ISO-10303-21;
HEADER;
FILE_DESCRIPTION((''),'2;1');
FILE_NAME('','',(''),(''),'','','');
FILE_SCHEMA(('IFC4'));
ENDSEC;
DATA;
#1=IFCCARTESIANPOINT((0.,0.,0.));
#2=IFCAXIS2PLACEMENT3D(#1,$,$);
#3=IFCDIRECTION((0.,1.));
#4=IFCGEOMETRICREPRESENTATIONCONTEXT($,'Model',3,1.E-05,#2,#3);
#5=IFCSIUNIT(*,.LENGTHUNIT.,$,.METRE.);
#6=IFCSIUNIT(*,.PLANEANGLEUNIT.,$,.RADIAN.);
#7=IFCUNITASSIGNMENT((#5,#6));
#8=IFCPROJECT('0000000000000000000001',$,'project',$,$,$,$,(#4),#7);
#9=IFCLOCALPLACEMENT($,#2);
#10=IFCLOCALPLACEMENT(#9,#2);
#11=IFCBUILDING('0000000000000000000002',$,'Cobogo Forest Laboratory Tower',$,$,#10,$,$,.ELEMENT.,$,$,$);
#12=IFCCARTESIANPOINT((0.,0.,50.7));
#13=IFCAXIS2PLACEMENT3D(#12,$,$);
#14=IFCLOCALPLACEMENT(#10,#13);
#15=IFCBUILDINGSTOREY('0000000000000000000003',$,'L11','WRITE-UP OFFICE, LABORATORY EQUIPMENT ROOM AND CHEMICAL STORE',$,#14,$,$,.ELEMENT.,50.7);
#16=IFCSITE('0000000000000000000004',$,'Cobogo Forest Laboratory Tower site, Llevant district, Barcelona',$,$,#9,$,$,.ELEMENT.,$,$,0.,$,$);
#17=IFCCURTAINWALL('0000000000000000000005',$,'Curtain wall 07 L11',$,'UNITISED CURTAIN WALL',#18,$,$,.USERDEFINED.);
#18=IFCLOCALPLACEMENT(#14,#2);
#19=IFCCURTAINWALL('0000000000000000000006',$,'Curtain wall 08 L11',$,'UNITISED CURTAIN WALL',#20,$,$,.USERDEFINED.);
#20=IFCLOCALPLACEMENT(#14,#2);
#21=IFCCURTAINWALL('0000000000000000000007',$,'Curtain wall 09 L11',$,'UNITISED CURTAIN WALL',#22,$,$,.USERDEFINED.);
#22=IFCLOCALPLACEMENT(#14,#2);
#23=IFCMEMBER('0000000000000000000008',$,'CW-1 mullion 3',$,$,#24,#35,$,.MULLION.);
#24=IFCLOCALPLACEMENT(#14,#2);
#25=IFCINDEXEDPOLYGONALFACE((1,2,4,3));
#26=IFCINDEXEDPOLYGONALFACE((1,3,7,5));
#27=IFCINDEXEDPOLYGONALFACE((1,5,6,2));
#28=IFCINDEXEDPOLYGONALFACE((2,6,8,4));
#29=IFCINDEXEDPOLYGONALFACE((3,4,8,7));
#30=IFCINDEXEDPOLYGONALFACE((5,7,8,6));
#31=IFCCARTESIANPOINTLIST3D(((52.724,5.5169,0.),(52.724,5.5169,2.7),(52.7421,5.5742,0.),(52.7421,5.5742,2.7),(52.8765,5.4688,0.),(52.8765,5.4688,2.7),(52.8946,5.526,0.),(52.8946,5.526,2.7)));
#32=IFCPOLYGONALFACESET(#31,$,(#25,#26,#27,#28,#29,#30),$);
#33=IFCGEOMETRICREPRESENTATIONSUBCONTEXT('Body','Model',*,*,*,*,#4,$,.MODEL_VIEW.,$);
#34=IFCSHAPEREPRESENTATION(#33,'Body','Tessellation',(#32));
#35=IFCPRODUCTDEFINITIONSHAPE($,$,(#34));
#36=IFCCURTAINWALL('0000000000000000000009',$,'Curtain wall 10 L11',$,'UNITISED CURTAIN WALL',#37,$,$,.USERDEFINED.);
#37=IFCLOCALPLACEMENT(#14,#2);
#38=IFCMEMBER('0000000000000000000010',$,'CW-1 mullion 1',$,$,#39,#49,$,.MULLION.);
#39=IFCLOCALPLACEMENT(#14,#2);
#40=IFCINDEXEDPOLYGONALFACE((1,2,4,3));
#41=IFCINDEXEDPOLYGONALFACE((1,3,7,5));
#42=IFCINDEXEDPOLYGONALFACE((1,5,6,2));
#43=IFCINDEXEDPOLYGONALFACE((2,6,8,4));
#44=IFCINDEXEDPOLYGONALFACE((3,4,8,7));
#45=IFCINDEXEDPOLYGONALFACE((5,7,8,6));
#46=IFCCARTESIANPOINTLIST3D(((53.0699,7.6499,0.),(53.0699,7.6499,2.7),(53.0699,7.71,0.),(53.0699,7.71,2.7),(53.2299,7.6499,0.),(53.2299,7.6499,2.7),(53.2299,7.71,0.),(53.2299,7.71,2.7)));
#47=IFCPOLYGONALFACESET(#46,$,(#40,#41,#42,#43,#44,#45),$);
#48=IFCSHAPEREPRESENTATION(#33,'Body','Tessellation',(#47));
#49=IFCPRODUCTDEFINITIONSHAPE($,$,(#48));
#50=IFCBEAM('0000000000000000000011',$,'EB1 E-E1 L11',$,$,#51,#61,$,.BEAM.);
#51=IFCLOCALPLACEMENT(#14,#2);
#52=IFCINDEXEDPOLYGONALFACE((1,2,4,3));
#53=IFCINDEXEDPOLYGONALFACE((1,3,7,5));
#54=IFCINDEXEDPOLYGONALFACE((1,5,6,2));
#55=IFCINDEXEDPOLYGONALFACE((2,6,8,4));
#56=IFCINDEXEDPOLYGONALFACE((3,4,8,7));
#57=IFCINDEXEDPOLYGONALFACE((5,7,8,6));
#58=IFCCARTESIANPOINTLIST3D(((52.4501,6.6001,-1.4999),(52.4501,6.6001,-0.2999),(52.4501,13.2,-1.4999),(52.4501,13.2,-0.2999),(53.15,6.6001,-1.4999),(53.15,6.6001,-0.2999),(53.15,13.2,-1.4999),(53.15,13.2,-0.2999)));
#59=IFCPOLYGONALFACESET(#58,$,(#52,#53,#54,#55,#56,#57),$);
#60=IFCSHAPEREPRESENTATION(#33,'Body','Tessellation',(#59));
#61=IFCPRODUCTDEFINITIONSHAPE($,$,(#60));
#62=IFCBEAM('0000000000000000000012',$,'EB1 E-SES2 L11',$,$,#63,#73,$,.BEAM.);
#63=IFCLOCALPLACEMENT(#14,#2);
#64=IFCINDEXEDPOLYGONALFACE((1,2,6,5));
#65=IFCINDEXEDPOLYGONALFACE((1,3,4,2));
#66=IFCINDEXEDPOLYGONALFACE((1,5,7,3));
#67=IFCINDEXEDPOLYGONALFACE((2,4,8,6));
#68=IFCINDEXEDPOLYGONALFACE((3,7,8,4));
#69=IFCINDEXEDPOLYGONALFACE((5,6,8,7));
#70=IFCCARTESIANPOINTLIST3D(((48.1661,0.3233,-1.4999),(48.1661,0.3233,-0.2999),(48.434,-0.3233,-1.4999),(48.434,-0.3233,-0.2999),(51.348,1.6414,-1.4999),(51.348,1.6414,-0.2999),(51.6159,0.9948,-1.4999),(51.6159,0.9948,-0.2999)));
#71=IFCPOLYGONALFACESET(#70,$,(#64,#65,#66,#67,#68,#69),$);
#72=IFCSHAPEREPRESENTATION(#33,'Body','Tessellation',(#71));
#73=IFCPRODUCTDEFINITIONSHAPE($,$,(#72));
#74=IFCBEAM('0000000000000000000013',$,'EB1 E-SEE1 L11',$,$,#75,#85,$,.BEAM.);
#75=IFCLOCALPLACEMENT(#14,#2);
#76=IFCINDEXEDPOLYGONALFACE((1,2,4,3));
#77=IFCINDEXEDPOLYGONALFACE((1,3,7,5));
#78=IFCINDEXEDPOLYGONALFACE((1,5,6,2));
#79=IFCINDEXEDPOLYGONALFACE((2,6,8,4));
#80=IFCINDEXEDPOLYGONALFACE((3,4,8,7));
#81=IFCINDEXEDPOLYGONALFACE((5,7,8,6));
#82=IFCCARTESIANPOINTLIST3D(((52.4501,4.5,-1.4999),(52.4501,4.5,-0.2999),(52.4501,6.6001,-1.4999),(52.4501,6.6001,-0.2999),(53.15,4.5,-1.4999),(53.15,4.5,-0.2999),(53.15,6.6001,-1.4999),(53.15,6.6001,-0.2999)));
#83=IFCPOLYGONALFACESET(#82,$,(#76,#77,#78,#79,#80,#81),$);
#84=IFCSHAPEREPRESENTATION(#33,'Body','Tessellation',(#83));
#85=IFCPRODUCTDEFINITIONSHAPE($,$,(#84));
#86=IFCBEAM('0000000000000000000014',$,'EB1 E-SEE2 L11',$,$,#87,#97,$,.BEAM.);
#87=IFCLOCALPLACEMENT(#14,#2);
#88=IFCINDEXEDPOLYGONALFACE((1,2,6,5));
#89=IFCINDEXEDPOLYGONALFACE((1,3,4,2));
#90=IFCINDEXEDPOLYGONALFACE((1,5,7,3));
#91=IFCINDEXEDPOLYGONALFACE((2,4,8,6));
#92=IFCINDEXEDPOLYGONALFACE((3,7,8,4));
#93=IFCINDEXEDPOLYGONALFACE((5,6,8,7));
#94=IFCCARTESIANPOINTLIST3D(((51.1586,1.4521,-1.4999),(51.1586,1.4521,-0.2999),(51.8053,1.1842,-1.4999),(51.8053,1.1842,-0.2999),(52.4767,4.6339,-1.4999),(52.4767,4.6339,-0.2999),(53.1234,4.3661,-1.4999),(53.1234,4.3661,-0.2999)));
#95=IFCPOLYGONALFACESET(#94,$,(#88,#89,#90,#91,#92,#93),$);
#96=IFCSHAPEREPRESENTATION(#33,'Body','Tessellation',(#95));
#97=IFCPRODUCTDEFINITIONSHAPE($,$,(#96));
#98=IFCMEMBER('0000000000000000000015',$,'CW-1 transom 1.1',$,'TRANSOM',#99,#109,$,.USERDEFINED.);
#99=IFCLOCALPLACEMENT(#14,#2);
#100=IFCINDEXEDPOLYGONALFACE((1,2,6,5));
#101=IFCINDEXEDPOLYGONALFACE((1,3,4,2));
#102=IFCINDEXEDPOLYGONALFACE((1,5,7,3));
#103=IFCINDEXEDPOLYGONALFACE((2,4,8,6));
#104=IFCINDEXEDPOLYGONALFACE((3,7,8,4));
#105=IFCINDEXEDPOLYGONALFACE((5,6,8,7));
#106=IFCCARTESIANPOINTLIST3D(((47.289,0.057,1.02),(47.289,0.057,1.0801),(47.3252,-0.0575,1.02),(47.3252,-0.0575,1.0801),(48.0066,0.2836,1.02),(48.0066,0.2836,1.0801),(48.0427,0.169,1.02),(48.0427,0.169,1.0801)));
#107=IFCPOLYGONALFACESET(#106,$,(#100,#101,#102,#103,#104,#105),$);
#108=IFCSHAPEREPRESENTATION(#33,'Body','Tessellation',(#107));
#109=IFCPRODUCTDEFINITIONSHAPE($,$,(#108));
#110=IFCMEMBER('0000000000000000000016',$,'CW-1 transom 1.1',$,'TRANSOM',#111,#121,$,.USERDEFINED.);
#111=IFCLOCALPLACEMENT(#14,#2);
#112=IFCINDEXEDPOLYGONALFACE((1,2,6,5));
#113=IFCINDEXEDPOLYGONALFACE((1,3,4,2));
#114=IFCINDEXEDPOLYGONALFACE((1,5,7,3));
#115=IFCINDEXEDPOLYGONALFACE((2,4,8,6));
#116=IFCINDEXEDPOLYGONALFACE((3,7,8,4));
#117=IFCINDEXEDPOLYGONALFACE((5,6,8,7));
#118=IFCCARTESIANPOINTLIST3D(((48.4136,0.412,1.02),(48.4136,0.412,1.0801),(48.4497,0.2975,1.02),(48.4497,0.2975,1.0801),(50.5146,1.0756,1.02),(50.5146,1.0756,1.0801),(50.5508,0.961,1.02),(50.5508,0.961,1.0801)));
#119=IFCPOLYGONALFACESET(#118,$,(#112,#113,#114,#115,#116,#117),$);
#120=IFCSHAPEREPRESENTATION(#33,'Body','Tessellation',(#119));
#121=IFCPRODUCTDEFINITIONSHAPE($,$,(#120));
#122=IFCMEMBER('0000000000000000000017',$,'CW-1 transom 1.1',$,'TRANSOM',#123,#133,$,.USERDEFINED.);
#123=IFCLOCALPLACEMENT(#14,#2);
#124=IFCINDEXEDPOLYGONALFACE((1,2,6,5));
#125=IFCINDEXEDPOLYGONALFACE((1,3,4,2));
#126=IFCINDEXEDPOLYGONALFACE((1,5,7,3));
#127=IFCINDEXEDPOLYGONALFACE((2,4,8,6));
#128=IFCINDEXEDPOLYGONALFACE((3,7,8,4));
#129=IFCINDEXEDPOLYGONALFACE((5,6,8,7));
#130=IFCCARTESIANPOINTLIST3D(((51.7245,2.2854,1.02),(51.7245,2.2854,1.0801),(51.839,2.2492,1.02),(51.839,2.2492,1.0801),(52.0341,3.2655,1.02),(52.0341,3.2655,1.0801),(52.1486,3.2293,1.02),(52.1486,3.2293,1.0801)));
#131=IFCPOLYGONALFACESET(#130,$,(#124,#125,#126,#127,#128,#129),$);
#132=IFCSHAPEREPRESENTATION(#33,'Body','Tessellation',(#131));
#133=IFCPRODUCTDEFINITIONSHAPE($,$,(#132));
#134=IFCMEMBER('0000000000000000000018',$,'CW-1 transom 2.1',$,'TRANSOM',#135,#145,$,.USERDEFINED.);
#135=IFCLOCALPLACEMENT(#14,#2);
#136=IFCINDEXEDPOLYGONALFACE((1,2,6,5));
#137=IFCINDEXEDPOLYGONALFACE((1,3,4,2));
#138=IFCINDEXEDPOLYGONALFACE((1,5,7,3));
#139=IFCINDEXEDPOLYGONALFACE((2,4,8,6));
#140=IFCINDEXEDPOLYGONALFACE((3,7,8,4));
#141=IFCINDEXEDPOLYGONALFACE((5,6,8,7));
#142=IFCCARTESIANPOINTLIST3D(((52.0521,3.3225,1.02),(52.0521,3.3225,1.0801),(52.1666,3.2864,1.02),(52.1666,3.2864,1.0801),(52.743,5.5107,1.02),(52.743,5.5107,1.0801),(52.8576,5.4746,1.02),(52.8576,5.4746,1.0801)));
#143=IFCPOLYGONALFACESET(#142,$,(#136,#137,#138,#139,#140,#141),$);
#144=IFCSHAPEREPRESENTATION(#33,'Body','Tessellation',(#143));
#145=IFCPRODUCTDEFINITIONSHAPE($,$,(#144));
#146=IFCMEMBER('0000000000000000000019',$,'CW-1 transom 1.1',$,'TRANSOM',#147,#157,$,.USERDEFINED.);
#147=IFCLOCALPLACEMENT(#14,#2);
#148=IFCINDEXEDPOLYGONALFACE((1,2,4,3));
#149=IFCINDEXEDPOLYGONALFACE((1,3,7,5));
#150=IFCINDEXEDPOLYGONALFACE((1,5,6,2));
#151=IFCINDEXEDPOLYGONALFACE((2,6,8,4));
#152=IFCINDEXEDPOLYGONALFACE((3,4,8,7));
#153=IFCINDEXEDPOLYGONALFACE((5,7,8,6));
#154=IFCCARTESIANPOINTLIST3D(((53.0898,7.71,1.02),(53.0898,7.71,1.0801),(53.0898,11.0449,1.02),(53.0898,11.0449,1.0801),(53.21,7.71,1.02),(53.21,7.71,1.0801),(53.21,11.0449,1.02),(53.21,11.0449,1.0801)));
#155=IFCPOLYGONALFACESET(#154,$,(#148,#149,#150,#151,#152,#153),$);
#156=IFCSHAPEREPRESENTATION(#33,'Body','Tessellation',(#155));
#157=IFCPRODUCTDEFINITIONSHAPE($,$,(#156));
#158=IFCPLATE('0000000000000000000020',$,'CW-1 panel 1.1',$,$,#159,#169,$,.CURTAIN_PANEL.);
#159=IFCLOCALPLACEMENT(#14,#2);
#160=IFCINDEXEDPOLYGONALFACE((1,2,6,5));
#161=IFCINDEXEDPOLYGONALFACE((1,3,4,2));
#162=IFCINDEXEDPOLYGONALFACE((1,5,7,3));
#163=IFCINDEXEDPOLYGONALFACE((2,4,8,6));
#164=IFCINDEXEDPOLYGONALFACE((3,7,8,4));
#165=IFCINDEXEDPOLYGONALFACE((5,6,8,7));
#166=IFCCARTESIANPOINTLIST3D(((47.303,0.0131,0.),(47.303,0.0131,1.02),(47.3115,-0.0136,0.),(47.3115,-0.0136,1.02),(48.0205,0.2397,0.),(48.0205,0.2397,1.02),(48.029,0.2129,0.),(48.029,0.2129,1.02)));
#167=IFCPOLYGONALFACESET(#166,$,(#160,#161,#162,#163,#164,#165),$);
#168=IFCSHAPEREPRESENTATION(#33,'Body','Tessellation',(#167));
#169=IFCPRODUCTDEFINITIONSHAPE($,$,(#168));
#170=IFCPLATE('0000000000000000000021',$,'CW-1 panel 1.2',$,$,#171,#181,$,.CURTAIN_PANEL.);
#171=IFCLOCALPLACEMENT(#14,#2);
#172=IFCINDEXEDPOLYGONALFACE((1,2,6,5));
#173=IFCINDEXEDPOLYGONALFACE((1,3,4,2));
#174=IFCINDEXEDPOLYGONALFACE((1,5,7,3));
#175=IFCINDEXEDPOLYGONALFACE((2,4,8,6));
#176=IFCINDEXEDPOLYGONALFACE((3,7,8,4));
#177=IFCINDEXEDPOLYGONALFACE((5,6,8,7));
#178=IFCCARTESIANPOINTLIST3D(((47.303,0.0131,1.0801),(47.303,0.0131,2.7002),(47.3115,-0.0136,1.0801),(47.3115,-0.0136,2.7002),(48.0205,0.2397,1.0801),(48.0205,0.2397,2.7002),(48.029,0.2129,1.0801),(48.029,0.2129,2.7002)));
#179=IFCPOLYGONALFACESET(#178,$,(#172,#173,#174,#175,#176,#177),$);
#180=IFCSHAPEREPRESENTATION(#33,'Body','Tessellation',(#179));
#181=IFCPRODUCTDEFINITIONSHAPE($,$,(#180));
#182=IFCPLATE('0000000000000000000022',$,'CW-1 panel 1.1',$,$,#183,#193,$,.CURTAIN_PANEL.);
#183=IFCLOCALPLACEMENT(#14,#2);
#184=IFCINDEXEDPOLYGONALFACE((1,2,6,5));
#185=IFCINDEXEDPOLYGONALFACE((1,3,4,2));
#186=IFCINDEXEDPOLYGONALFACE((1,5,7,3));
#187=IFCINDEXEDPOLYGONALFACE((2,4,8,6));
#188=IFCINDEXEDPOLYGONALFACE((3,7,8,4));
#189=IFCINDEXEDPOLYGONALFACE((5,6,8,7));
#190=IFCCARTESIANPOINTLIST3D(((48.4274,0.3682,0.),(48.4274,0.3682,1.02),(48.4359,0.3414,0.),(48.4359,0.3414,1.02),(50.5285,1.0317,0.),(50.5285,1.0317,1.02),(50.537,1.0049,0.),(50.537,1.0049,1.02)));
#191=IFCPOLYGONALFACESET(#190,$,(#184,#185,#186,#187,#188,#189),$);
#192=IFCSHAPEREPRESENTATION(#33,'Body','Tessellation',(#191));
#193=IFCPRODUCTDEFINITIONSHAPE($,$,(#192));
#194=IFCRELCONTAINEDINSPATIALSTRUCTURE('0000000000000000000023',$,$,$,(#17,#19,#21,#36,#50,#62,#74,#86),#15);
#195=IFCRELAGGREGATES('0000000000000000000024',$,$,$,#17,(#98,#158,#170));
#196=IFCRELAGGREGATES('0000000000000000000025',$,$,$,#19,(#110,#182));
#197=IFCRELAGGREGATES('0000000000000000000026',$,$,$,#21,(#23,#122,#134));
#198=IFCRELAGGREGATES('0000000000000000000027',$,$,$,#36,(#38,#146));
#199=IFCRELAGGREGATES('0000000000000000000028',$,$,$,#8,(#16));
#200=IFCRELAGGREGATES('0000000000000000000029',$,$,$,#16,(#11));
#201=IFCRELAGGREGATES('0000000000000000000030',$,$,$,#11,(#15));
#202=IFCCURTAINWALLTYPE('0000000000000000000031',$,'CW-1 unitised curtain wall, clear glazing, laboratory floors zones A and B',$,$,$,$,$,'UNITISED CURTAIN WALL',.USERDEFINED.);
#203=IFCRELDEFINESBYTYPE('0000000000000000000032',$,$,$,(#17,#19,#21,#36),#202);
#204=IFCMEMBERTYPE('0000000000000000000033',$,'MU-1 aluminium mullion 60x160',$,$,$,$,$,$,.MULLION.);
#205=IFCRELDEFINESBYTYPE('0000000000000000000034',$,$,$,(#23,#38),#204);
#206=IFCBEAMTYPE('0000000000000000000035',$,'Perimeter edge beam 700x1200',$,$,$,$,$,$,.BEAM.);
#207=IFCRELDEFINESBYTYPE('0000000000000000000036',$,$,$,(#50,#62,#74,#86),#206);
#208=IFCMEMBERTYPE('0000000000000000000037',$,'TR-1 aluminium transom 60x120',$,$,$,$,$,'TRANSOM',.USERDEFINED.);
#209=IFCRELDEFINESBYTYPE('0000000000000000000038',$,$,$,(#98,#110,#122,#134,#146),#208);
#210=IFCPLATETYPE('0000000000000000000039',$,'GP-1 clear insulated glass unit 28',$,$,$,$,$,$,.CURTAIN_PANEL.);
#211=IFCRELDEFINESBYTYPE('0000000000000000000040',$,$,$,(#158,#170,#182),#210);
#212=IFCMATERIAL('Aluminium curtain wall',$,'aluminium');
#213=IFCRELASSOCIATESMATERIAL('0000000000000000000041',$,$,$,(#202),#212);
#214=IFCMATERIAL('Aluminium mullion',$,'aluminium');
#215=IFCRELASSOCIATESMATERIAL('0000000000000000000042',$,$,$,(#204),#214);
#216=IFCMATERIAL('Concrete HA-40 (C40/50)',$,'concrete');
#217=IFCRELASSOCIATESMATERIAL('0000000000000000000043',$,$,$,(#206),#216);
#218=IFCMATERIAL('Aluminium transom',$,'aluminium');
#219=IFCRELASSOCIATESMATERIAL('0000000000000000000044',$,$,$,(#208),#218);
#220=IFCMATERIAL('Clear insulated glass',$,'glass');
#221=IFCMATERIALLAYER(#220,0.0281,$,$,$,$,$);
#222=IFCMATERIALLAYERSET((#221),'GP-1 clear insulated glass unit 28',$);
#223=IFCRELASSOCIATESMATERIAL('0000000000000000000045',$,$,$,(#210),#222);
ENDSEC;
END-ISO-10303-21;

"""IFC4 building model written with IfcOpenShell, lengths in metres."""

from ifc_helpers import new_model, si_unit, direction, frame, origin, origin_2d, place, context, subcontext, project, spatial, rectangle, extrude, material, layer, layer_set, material_profile, profile_set, type_object, element, aggregate, save


model = new_model("IFC4")

# Units and contexts
model_context = context("Model", 3, precision=1e-05, world=origin(), true_north=direction((0.0, 1.0)))
body_context = subcontext(model_context, "Body", "Model", "MODEL_VIEW")
ifc_project = project(units=[si_unit("LENGTHUNIT", "METRE"), si_unit("PLANEANGLEUNIT", "RADIAN")], contexts=[model_context])

# Site, building, storey
site_placement = place(None, origin())
site = spatial("IfcSite", under=ifc_project, at=site_placement, Name="Cobogo Forest Laboratory Tower site, Llevant district, Barcelona", CompositionType="ELEMENT", RefElevation=0.0)
building_placement = place(site_placement, origin())
building = spatial("IfcBuilding", under=site, at=building_placement, Name="Cobogo Forest Laboratory Tower", CompositionType="ELEMENT")
storey_placement = place(building_placement, frame((0.0, 0.0, 50.7)))
storey = spatial("IfcBuildingStorey", under=building, at=storey_placement, Name="L11", Description="WRITE-UP OFFICE, LABORATORY EQUIPMENT ROOM AND CHEMICAL STORE", CompositionType="ELEMENT", Elevation=50.7)

# Shared definitions
ifc_material_1 = material(Name="Concrete HA-40 (C40/50)", Category="concrete")

# Curtain walls, member
ifc_material_2 = material(Name="Aluminium curtain wall", Category="aluminium")
curtain_wall_type = type_object("IfcCurtainWallType", Name="CW-1 unitised curtain wall, clear glazing, laboratory floors zones A and B", ElementType="UNITISED CURTAIN WALL", PredefinedType="USERDEFINED", material=ifc_material_2)
curtain_wall_1_placement = place(storey_placement, origin())
curtain_wall_1 = element("IfcCurtainWall", 1, at=curtain_wall_1_placement, inside=storey, type_object=curtain_wall_type, Name="Curtain wall 07 L11", ObjectType="UNITISED CURTAIN WALL", PredefinedType="USERDEFINED")
ifc_material_3 = material(Name="Aluminium mullion", Category="aluminium")
ifc_material_profile_1 = material_profile(ifc_material_3, rectangle(XDim=0.0601, YDim=0.1599, at=origin_2d()), Name="AL 60x160")
ifc_profile_set_1 = profile_set([ifc_material_profile_1], Name="Aluminium mullion")
member_type_1 = type_object("IfcMemberType", Name="MU-1 aluminium mullion 60x160", PredefinedType="MULLION", material=ifc_profile_set_1)
curtain_wall_2_placement = place(storey_placement, origin())
curtain_wall_2 = element("IfcCurtainWall", 2, at=curtain_wall_2_placement, inside=storey, type_object=curtain_wall_type, Name="Curtain wall 08 L11", ObjectType="UNITISED CURTAIN WALL", PredefinedType="USERDEFINED")
curtain_wall_3_placement = place(storey_placement, origin())
curtain_wall_3 = element("IfcCurtainWall", 3, at=curtain_wall_3_placement, inside=storey, type_object=curtain_wall_type, Name="Curtain wall 09 L11", ObjectType="UNITISED CURTAIN WALL", PredefinedType="USERDEFINED")
member_1_placement = place(storey_placement, frame((52.8093, 5.5215, 0.0), z_axis=(0.0, 0.0, 1.0), x_axis=(0.301135, 0.953581, 0.0)))
member_1 = element("IfcMember", 4, at=member_1_placement, type_object=member_type_1, Name="CW-1 mullion 3", PredefinedType="MULLION", context=body_context, shape_type="SweptSolid", body=[
    extrude(rectangle(XDim=0.0601, YDim=0.1599, at=origin_2d()), origin(), (0.0, 0.0, 1.0), 2.7),
])

# Curtain wall, member
curtain_wall_4_placement = place(storey_placement, origin())
curtain_wall_4 = element("IfcCurtainWall", 5, at=curtain_wall_4_placement, inside=storey, type_object=curtain_wall_type, Name="Curtain wall 10 L11", ObjectType="UNITISED CURTAIN WALL", PredefinedType="USERDEFINED")
member_2_placement = place(storey_placement, frame((53.1499, 7.6799, 0.0), z_axis=(0.0, 0.0, 1.0), x_axis=(0.0, 1.0, 0.0)))
member_2 = element("IfcMember", 6, at=member_2_placement, type_object=member_type_1, Name="CW-1 mullion 1", PredefinedType="MULLION", context=body_context, shape_type="SweptSolid", body=[
    extrude(rectangle(XDim=0.0601, YDim=0.1599, at=origin_2d()), origin(), (0.0, 0.0, 1.0), 2.7),
])

# Beams
ifc_material_profile_2 = material_profile(ifc_material_1, rectangle(XDim=0.7, YDim=1.2, at=origin_2d()), Name="RC 700x1200")
ifc_profile_set_2 = profile_set([ifc_material_profile_2], Name="Concrete HA-40 (C40/50)")
beam_type_1 = type_object("IfcBeamType", Name="Perimeter edge beam 700x1200", PredefinedType="BEAM", material=ifc_profile_set_2)
beam_1_placement = place(storey_placement, frame((52.8, 6.6001, -0.8999), z_axis=(0.0, 1.0, 0.0), x_axis=(-1.0, 0.0, 0.0)))
element("IfcBeam", 7, at=beam_1_placement, inside=storey, type_object=beam_type_1, Name="EB1 E-E1 L11", PredefinedType="BEAM", context=body_context, shape_type="SweptSolid", body=[
    extrude(rectangle(XDim=0.7, YDim=1.2, at=origin_2d()), origin(), (0.0, 0.0, 1.0), 6.5999),
])
beam_2_placement = place(storey_placement, frame((48.3, 0.0, -0.8999), z_axis=(0.923866, 0.382717, 0.0), x_axis=(-0.382717, 0.923866, 0.0)))
element("IfcBeam", 8, at=beam_2_placement, inside=storey, type_object=beam_type_1, Name="EB1 E-SES2 L11", PredefinedType="BEAM", context=body_context, shape_type="SweptSolid", body=[
    extrude(rectangle(XDim=0.7, YDim=1.2, at=origin_2d()), origin(), (0.0, 0.0, 1.0), 3.4441),
])
beam_3_placement = place(storey_placement, frame((52.8, 6.6001, -0.8999), z_axis=(0.0, -1.0, 0.0), x_axis=(1.0, 0.0, 0.0)))
element("IfcBeam", 9, at=beam_3_placement, inside=storey, type_object=beam_type_1, Name="EB1 E-SEE1 L11", PredefinedType="BEAM", context=body_context, shape_type="SweptSolid", body=[
    extrude(rectangle(XDim=0.7, YDim=1.2, at=origin_2d()), origin(), (0.0, 0.0, 1.0), 2.1001),
])
beam_4_placement = place(storey_placement, frame((52.8, 4.5, -0.8999), z_axis=(-0.382717, -0.923866, 0.0), x_axis=(0.923866, -0.382717, 0.0)))
element("IfcBeam", 10, at=beam_4_placement, inside=storey, type_object=beam_type_1, Name="EB1 E-SEE2 L11", PredefinedType="BEAM", context=body_context, shape_type="SweptSolid", body=[
    extrude(rectangle(XDim=0.7, YDim=1.2, at=origin_2d()), origin(), (0.0, 0.0, 1.0), 3.4441),
])

# Members
ifc_material_4 = material(Name="Aluminium transom", Category="aluminium")
ifc_material_profile_3 = material_profile(ifc_material_4, rectangle(XDim=0.1201, YDim=0.0601, at=origin_2d()), Name="AL 60x120")
ifc_profile_set_3 = profile_set([ifc_material_profile_3], Name="Aluminium transom")
member_type_2 = type_object("IfcMemberType", Name="TR-1 aluminium transom 60x120", ElementType="TRANSOM", PredefinedType="USERDEFINED", material=ifc_profile_set_3)
member_3_placement = place(storey_placement, frame((47.3071, -0.0002, 1.05), z_axis=(0.953592, 0.3011, 0.0), x_axis=(-0.3011, 0.953592, 0.0)))
member_3 = element("IfcMember", 11, at=member_3_placement, type_object=member_type_2, Name="CW-1 transom 1.1", ObjectType="TRANSOM", PredefinedType="USERDEFINED", context=body_context, shape_type="SweptSolid", body=[
    extrude(rectangle(XDim=0.1201, YDim=0.0601, at=origin_2d()), origin(), (0.0, 0.0, 1.0), 0.7524),
])
member_4_placement = place(storey_placement, frame((48.4316, 0.3547, 1.05), z_axis=(0.953573, 0.301163, 0.0), x_axis=(-0.301163, 0.953573, 0.0)))
member_4 = element("IfcMember", 12, at=member_4_placement, type_object=member_type_2, Name="CW-1 transom 1.1", ObjectType="TRANSOM", PredefinedType="USERDEFINED", context=body_context, shape_type="SweptSolid", body=[
    extrude(rectangle(XDim=0.1201, YDim=0.0601, at=origin_2d()), origin(), (0.0, 0.0, 1.0), 2.2034),
])
member_5_placement = place(storey_placement, frame((51.7817, 2.2673, 1.05), z_axis=(0.301222, 0.953554, 0.0), x_axis=(-0.953554, 0.301222, 0.0)))
member_5 = element("IfcMember", 13, at=member_5_placement, type_object=member_type_2, Name="CW-1 transom 1.1", ObjectType="TRANSOM", PredefinedType="USERDEFINED", context=body_context, shape_type="SweptSolid", body=[
    extrude(rectangle(XDim=0.1201, YDim=0.0601, at=origin_2d()), origin(), (0.0, 0.0, 1.0), 1.0278),
])
member_6_placement = place(storey_placement, frame((52.1094, 3.3044, 1.05), z_axis=(0.301091, 0.953596, 0.0), x_axis=(-0.953596, 0.301091, 0.0)))
member_6 = element("IfcMember", 14, at=member_6_placement, type_object=member_type_2, Name="CW-1 transom 2.1", ObjectType="TRANSOM", PredefinedType="USERDEFINED", context=body_context, shape_type="SweptSolid", body=[
    extrude(rectangle(XDim=0.1201, YDim=0.0601, at=origin_2d()), origin(), (0.0, 0.0, 1.0), 2.2947),
])
member_7_placement = place(storey_placement, frame((53.1499, 7.71, 1.05), z_axis=(0.0, 1.0, 0.0), x_axis=(-1.0, 0.0, 0.0)))
member_7 = element("IfcMember", 15, at=member_7_placement, type_object=member_type_2, Name="CW-1 transom 1.1", ObjectType="TRANSOM", PredefinedType="USERDEFINED", context=body_context, shape_type="SweptSolid", body=[
    extrude(rectangle(XDim=0.1201, YDim=0.0601, at=origin_2d()), origin(), (0.0, 0.0, 1.0), 3.335),
])

# Plates
ifc_material_5 = material(Name="Clear insulated glass", Category="glass")
ifc_layer = layer(ifc_material_5, 0.0281)
ifc_layer_set = layer_set([ifc_layer], Name="GP-1 clear insulated glass unit 28")
plate_type_1 = type_object("IfcPlateType", Name="GP-1 clear insulated glass unit 28", PredefinedType="CURTAIN_PANEL", material=ifc_layer_set)
plate_1_placement = place(storey_placement, frame((47.666, 0.113, 0.0), z_axis=(0.0, 0.0, 1.0), x_axis=(0.953582, 0.301135, 0.0)))
plate_1 = element("IfcPlate", 16, at=plate_1_placement, type_object=plate_type_1, Name="CW-1 panel 1.1", PredefinedType="CURTAIN_PANEL", context=body_context, shape_type="SweptSolid", body=[
    extrude(rectangle(XDim=0.7524, YDim=0.0281, at=origin_2d()), origin(), (0.0, 0.0, 1.0), 1.02),
])
plate_2_placement = place(storey_placement, frame((47.666, 0.113, 1.0801), z_axis=(0.0, 0.0, 1.0), x_axis=(0.953582, 0.301135, 0.0)))
plate_2 = element("IfcPlate", 17, at=plate_2_placement, type_object=plate_type_1, Name="CW-1 panel 1.2", PredefinedType="CURTAIN_PANEL", context=body_context, shape_type="SweptSolid", body=[
    extrude(rectangle(XDim=0.7524, YDim=0.0281, at=origin_2d()), origin(), (0.0, 0.0, 1.0), 1.6201),
])
aggregate(curtain_wall_1, [member_3, plate_1, plate_2])
plate_3_placement = place(storey_placement, frame((49.4822, 0.6865, 0.0), z_axis=(0.0, 0.0, 1.0), x_axis=(0.953581, 0.301135, 0.0)))
plate_3 = element("IfcPlate", 18, at=plate_3_placement, type_object=plate_type_1, Name="CW-1 panel 1.1", PredefinedType="CURTAIN_PANEL", context=body_context, shape_type="SweptSolid", body=[
    extrude(rectangle(XDim=2.2034, YDim=0.0281, at=origin_2d()), origin(), (0.0, 0.0, 1.0), 1.02),
])
aggregate(curtain_wall_2, [member_4, plate_3])
aggregate(curtain_wall_3, [member_1, member_5, member_6])
aggregate(curtain_wall_4, [member_2, member_7])

save(model, "model.ifc")
